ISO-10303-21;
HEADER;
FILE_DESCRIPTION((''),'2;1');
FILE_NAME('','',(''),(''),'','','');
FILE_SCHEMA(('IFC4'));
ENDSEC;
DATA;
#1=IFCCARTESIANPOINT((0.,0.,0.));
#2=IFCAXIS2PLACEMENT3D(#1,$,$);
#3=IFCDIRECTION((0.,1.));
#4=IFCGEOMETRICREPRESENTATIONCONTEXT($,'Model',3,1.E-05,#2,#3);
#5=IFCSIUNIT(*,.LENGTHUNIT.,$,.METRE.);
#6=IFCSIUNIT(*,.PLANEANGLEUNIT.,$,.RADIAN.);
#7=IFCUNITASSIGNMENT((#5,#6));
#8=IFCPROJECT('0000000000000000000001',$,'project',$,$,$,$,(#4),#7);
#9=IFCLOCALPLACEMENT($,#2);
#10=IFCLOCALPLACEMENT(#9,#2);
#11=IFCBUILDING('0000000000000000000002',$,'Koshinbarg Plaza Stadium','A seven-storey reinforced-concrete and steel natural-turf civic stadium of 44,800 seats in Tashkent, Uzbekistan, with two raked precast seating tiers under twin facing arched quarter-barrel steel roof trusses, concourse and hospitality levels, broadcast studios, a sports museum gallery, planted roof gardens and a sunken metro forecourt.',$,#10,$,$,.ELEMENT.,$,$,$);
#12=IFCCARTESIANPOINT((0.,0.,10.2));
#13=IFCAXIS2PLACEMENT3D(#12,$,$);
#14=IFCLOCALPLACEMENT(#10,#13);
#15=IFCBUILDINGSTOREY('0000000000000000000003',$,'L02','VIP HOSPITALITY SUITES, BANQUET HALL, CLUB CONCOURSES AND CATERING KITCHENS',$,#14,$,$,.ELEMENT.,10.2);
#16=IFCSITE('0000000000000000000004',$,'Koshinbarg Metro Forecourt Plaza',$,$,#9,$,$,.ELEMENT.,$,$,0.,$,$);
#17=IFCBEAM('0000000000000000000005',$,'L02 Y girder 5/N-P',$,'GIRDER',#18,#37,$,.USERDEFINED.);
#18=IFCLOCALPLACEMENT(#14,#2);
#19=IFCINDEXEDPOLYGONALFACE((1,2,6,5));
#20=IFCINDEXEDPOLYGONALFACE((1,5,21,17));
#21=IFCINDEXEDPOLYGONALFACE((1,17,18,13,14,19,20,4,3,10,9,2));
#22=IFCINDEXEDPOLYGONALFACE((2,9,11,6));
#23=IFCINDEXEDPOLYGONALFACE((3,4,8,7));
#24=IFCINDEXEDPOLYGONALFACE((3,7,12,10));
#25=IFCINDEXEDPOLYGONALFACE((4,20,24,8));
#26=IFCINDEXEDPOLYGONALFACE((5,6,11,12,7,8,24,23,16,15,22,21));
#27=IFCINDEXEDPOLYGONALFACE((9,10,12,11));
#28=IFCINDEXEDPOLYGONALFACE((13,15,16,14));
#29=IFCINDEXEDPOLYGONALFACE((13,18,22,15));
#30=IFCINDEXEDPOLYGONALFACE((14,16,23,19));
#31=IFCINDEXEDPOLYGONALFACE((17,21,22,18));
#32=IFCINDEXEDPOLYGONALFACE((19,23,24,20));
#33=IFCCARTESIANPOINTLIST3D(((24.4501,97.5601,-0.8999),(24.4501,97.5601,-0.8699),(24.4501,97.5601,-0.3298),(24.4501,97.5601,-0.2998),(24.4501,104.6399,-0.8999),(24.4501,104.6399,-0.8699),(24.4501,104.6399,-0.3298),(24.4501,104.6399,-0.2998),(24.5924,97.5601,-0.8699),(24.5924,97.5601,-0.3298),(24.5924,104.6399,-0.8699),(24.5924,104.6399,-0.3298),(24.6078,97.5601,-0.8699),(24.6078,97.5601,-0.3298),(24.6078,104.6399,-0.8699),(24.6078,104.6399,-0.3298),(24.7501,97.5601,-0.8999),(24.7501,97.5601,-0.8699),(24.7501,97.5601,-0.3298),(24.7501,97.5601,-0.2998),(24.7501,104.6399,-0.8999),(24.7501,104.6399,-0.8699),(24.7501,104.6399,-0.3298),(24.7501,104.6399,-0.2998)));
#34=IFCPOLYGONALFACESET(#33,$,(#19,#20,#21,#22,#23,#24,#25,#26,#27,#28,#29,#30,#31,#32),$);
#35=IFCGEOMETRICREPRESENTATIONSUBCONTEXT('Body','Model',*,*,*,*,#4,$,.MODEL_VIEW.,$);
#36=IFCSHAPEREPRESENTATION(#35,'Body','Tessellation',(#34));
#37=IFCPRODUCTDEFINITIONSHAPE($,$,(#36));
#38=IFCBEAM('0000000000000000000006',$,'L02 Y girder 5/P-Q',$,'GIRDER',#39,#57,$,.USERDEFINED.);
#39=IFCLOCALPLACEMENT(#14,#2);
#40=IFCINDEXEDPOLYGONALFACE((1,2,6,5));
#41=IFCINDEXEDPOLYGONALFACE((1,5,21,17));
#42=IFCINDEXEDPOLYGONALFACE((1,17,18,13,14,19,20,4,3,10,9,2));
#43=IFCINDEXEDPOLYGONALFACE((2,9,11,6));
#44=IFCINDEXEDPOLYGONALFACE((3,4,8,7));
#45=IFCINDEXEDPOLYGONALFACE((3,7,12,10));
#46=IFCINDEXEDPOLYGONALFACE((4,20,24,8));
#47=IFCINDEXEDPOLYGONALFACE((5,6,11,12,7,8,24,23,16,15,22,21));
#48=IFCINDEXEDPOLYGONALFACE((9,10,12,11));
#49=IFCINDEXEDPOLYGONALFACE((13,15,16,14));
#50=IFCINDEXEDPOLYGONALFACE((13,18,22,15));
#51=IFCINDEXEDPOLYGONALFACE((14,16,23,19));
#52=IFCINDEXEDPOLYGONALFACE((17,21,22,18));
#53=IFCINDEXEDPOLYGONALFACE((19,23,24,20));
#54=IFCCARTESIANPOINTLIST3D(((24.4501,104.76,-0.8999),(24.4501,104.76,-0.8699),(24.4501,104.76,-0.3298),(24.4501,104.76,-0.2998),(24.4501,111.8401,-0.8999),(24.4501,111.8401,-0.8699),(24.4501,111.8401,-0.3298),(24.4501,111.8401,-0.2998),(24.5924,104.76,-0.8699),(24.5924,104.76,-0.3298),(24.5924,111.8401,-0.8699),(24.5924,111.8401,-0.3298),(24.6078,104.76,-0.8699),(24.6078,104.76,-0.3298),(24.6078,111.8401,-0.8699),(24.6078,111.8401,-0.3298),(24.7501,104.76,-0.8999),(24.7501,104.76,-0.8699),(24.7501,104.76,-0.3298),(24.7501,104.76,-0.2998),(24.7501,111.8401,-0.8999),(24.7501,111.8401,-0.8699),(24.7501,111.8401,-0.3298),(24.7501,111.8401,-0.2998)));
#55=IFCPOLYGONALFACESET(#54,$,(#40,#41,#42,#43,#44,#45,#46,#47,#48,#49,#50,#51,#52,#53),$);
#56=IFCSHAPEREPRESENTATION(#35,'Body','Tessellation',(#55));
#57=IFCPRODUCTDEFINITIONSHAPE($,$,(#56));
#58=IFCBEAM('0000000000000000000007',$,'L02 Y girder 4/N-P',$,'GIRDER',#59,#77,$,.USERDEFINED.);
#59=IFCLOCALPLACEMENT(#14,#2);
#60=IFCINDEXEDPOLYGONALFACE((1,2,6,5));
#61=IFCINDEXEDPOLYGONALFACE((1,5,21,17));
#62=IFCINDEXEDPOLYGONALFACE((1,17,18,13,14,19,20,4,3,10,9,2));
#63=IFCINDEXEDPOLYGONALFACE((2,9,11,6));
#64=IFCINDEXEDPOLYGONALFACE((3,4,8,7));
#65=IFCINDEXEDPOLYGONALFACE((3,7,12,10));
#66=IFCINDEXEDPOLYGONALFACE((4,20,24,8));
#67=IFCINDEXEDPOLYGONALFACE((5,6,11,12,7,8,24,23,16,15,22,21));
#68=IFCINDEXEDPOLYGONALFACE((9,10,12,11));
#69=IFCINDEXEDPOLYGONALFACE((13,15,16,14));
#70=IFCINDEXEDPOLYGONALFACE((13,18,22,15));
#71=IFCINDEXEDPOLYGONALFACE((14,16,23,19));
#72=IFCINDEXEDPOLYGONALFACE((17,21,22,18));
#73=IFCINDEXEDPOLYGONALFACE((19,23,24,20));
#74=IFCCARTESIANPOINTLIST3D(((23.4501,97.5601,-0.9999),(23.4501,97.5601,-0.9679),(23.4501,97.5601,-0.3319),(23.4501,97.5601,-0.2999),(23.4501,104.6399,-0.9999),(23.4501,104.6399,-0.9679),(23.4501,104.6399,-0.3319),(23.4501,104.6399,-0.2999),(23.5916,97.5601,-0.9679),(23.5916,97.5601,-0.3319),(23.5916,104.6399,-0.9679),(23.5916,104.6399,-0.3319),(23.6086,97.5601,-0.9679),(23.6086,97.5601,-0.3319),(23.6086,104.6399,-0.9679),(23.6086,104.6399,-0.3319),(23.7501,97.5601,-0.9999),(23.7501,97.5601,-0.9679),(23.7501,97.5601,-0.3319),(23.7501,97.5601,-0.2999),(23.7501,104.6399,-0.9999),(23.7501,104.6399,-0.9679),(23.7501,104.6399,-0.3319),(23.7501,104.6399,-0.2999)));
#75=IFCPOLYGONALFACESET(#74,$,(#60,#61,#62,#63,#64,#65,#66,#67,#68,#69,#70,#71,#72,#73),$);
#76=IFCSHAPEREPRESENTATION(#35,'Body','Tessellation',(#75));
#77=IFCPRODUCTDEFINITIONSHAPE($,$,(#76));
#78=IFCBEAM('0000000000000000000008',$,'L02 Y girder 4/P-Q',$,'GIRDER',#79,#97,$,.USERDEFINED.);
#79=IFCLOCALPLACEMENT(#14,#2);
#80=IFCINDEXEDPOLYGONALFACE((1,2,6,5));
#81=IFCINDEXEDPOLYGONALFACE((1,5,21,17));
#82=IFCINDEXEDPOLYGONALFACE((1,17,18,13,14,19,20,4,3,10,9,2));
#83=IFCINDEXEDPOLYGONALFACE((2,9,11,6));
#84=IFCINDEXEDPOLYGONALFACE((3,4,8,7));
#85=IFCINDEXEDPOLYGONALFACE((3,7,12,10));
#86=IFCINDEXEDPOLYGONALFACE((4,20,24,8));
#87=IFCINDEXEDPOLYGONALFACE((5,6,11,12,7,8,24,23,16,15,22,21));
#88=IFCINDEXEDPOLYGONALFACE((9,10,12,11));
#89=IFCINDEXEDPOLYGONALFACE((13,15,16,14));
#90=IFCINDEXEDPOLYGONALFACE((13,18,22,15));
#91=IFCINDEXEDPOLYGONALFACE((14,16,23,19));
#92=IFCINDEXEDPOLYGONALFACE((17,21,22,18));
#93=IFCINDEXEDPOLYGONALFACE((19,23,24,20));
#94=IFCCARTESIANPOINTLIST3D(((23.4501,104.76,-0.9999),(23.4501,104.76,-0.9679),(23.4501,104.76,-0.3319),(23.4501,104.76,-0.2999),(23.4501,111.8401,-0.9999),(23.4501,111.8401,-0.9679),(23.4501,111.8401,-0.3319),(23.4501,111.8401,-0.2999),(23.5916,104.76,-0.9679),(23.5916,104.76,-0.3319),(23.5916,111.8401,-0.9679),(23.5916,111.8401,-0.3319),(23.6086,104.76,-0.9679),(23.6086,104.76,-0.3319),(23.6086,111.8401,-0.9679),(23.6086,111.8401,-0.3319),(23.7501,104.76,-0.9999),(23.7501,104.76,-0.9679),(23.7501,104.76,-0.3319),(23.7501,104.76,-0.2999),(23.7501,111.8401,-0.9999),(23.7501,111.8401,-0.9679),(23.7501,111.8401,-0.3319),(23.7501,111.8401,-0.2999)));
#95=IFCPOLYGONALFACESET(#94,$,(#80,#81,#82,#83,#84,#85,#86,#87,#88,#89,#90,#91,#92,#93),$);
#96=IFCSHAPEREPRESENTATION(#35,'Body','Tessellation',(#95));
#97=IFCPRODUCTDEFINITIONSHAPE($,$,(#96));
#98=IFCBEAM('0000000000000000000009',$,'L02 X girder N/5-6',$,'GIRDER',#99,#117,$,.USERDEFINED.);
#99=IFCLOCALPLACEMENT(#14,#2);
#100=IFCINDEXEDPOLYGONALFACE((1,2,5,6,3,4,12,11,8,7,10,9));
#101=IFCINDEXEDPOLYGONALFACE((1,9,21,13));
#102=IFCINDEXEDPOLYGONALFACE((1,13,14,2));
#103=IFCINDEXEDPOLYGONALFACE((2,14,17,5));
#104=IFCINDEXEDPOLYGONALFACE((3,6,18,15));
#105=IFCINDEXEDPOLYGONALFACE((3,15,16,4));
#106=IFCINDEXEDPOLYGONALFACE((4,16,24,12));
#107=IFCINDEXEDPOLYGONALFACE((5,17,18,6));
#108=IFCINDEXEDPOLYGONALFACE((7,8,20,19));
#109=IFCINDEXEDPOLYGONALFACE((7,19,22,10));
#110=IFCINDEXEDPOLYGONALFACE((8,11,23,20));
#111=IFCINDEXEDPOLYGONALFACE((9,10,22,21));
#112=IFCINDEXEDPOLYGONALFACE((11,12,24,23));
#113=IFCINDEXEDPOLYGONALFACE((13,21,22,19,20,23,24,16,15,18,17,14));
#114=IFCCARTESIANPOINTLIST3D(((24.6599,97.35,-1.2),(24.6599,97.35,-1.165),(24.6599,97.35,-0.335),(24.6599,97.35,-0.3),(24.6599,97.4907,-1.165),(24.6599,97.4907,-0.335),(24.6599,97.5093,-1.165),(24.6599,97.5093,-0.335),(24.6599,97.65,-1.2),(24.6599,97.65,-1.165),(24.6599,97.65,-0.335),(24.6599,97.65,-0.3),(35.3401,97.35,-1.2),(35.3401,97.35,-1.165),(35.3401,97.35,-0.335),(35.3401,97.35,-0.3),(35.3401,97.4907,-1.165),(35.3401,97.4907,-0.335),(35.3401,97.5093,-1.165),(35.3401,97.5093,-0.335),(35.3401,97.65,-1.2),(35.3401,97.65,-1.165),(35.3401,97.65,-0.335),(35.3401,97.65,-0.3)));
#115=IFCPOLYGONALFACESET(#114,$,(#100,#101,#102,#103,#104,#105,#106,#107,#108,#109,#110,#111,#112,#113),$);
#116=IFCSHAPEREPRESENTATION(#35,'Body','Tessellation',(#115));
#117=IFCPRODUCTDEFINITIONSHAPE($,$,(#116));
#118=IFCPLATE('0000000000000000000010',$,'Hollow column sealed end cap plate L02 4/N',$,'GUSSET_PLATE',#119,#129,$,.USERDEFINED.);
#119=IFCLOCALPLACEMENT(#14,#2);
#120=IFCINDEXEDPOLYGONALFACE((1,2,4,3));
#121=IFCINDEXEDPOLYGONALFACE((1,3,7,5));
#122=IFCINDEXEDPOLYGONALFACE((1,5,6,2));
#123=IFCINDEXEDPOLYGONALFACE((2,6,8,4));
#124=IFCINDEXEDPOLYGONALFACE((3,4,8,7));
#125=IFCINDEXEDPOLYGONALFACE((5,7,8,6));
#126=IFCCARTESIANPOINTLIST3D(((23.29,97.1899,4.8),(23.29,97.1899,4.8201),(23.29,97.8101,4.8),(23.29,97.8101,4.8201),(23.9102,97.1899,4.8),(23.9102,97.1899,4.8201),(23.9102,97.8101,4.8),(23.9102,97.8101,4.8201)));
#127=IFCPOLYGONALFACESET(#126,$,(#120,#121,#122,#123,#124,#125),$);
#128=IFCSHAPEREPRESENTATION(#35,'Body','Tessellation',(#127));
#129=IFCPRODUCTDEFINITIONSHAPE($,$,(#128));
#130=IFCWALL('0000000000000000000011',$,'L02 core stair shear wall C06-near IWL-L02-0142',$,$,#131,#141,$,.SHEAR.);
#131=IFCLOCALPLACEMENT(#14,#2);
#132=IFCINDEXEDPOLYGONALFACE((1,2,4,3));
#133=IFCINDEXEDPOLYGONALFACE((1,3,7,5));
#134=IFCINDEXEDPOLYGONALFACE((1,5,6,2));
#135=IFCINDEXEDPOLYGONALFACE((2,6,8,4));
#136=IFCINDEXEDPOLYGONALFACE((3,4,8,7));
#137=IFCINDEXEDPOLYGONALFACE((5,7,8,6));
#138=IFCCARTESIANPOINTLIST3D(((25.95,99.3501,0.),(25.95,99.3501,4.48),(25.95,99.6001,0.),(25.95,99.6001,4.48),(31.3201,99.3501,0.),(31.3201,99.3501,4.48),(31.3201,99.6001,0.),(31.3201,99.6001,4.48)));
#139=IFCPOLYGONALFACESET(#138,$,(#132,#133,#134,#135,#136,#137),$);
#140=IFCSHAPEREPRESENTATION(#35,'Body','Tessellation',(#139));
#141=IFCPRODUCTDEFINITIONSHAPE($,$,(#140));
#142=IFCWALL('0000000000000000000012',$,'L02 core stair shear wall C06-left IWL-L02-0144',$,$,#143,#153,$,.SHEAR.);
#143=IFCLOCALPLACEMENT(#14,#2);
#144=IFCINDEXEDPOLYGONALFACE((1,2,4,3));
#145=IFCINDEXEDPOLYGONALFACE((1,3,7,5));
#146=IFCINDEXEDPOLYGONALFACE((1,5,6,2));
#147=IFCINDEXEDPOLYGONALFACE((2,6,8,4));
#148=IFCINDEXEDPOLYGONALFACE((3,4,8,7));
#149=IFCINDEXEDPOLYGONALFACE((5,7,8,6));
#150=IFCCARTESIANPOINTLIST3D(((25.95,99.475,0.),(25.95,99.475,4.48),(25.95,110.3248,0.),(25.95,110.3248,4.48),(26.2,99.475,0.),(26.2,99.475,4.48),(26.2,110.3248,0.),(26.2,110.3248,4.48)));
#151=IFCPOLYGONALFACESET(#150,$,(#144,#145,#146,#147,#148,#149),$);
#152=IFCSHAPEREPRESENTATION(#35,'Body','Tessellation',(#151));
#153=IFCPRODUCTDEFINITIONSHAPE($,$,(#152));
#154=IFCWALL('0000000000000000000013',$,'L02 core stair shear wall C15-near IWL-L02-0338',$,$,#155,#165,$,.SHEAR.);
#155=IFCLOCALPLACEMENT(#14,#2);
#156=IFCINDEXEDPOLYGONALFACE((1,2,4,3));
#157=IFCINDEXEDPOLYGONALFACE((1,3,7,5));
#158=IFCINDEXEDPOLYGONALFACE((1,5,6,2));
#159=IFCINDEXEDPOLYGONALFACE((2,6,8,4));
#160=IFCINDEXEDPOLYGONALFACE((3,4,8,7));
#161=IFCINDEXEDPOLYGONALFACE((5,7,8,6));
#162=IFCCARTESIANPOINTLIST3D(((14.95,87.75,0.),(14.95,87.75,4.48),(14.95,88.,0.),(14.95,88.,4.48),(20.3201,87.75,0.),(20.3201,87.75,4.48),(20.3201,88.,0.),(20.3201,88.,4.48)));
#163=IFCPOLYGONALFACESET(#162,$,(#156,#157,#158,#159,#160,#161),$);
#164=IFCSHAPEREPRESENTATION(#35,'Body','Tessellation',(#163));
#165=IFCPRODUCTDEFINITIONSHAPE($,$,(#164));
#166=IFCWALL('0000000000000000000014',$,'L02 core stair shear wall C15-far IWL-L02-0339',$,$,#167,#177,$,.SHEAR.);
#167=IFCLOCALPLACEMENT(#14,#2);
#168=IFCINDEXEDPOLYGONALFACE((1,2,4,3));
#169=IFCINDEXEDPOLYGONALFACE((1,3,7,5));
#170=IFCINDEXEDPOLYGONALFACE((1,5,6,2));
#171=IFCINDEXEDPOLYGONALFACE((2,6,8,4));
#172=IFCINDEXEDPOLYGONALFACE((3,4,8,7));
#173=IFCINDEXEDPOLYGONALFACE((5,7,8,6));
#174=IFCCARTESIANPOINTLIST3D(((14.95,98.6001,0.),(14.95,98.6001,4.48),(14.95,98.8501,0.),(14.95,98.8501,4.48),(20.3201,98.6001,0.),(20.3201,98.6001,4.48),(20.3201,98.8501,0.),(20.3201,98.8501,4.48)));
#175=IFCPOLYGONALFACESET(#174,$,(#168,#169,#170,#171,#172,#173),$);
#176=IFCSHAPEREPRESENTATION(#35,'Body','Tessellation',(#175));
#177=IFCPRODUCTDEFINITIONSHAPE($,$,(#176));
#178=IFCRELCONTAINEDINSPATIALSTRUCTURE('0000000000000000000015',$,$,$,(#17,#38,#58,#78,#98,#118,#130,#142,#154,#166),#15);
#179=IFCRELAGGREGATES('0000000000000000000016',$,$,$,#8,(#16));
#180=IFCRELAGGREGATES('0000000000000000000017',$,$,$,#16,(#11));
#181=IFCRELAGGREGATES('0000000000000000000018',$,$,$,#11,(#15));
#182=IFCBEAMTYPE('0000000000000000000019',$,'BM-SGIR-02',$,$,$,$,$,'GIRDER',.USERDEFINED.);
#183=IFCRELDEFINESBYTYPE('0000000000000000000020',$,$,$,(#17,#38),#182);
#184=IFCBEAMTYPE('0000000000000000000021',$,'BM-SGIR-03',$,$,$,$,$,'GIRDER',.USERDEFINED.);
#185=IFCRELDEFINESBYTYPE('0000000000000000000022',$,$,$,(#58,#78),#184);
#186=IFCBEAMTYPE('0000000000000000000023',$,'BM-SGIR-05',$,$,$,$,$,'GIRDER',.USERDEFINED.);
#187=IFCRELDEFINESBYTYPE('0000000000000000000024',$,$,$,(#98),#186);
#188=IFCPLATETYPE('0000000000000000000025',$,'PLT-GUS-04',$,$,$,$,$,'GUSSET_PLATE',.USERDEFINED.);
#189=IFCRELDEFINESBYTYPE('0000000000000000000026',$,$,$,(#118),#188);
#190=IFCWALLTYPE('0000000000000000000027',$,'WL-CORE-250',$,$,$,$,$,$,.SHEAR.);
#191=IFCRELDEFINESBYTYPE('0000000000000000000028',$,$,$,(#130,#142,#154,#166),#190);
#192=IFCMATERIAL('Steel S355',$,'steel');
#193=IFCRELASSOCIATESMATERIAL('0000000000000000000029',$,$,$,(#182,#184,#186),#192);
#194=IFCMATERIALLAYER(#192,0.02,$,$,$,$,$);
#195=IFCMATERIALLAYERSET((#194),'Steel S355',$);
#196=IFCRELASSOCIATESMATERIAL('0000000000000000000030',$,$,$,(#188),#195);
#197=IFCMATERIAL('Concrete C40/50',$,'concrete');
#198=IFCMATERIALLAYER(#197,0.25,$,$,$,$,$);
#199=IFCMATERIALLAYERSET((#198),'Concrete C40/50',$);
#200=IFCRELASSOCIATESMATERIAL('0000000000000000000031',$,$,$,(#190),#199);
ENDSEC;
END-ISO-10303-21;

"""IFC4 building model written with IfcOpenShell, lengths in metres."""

from ifc_helpers import new_model, si_unit, direction, frame, frame_2d, origin, origin_2d, place, context, subcontext, project, spatial, rectangle, i_section, extrude, material, layer, layer_set, material_profile, profile_set, type_object, element, save


model = new_model("IFC4")

# Units and contexts
model_context = context("Model", 3, precision=1e-05, world=origin(), true_north=direction((0.0, 1.0)))
body_context = subcontext(model_context, "Body", "Model", "MODEL_VIEW")
ifc_project = project(units=[si_unit("LENGTHUNIT", "METRE"), si_unit("PLANEANGLEUNIT", "RADIAN")], contexts=[model_context])

# Site, building, storey
site_placement = place(None, origin())
site = spatial("IfcSite", under=ifc_project, at=site_placement, Name="Koshinbarg Metro Forecourt Plaza", CompositionType="ELEMENT", RefElevation=0.0)
building_placement = place(site_placement, origin())
building = spatial("IfcBuilding", under=site, at=building_placement, Name="Koshinbarg Plaza Stadium", Description="A seven-storey reinforced-concrete and steel natural-turf civic stadium of 44,800 seats in Tashkent, Uzbekistan, with two raked precast seating tiers under twin facing arched quarter-barrel steel roof trusses, concourse and hospitality levels, broadcast studios, a sports museum gallery, planted roof gardens and a sunken metro forecourt.", CompositionType="ELEMENT")
storey_placement = place(building_placement, frame((0.0, 0.0, 10.2)))
storey = spatial("IfcBuildingStorey", under=building, at=storey_placement, Name="L02", Description="VIP HOSPITALITY SUITES, BANQUET HALL, CLUB CONCOURSES AND CATERING KITCHENS", CompositionType="ELEMENT", Elevation=10.2)

# Shared definitions
ifc_material_1 = material(Name="Concrete C40/50", Category="concrete")
ifc_material_2 = material(Name="Steel S355", Category="steel")

# Beams
ifc_material_profile_1 = material_profile(ifc_material_2, i_section(OverallWidth=0.3, OverallDepth=0.6001, WebThickness=0.0154, FlangeThickness=0.03, at=origin_2d()), Name="HEB 600")
ifc_profile_set_1 = profile_set([ifc_material_profile_1], Name="Steel S355")
beam_type_1 = type_object("IfcBeamType", Name="BM-SGIR-02", ElementType="GIRDER", PredefinedType="USERDEFINED", material=ifc_profile_set_1)
beam_1_placement = place(storey_placement, frame((24.6001, 97.5601, -0.5999), z_axis=(0.0, 1.0, 0.0), x_axis=(-1.0, 0.0, 0.0)))
element("IfcBeam", 1, at=beam_1_placement, inside=storey, type_object=beam_type_1, Name="L02 Y girder 5/N-P", ObjectType="GIRDER", PredefinedType="USERDEFINED", context=body_context, shape_type="SweptSolid", body=[
    extrude(i_section(OverallWidth=0.3, OverallDepth=0.6001, WebThickness=0.0154, FlangeThickness=0.03, at=origin_2d()), origin(), (0.0, 0.0, 1.0), 7.0798),
])
beam_2_placement = place(storey_placement, frame((24.6001, 104.76, -0.5999), z_axis=(0.0, 1.0, 0.0), x_axis=(-1.0, 0.0, 0.0)))
element("IfcBeam", 2, at=beam_2_placement, inside=storey, type_object=beam_type_1, Name="L02 Y girder 5/P-Q", ObjectType="GIRDER", PredefinedType="USERDEFINED", context=body_context, shape_type="SweptSolid", body=[
    extrude(i_section(OverallWidth=0.3, OverallDepth=0.6001, WebThickness=0.0154, FlangeThickness=0.03, at=origin_2d()), origin(), (0.0, 0.0, 1.0), 7.0801),
])
ifc_material_profile_2 = material_profile(ifc_material_2, i_section(OverallWidth=0.3, OverallDepth=0.7, WebThickness=0.0171, FlangeThickness=0.032, at=origin_2d()), Name="HEB 700")
ifc_profile_set_2 = profile_set([ifc_material_profile_2], Name="Steel S355")
beam_type_2 = type_object("IfcBeamType", Name="BM-SGIR-03", ElementType="GIRDER", PredefinedType="USERDEFINED", material=ifc_profile_set_2)
beam_3_placement = place(storey_placement, frame((23.6001, 97.5601, -0.6499), z_axis=(0.0, 1.0, 0.0), x_axis=(-1.0, 0.0, 0.0)))
element("IfcBeam", 3, at=beam_3_placement, inside=storey, type_object=beam_type_2, Name="L02 Y girder 4/N-P", ObjectType="GIRDER", PredefinedType="USERDEFINED", context=body_context, shape_type="SweptSolid", body=[
    extrude(i_section(OverallWidth=0.3, OverallDepth=0.7, WebThickness=0.0171, FlangeThickness=0.032, at=origin_2d()), origin(), (0.0, 0.0, 1.0), 7.0798),
])
beam_4_placement = place(storey_placement, frame((23.6001, 104.76, -0.6499), z_axis=(0.0, 1.0, 0.0), x_axis=(-1.0, 0.0, 0.0)))
element("IfcBeam", 4, at=beam_4_placement, inside=storey, type_object=beam_type_2, Name="L02 Y girder 4/P-Q", ObjectType="GIRDER", PredefinedType="USERDEFINED", context=body_context, shape_type="SweptSolid", body=[
    extrude(i_section(OverallWidth=0.3, OverallDepth=0.7, WebThickness=0.0171, FlangeThickness=0.032, at=origin_2d()), origin(), (0.0, 0.0, 1.0), 7.0801),
])
ifc_material_profile_3 = material_profile(ifc_material_2, i_section(OverallWidth=0.3, OverallDepth=0.8999, WebThickness=0.0186, FlangeThickness=0.0349, at=origin_2d()), Name="HEB 900")
ifc_profile_set_3 = profile_set([ifc_material_profile_3], Name="Steel S355")
beam_type_3 = type_object("IfcBeamType", Name="BM-SGIR-05", ElementType="GIRDER", PredefinedType="USERDEFINED", material=ifc_profile_set_3)
beam_5_placement = place(storey_placement, frame((24.6599, 97.5, -0.75), z_axis=(1.0, 0.0, 0.0), x_axis=(0.0, 1.0, 0.0)))
element("IfcBeam", 5, at=beam_5_placement, inside=storey, type_object=beam_type_3, Name="L02 X girder N/5-6", ObjectType="GIRDER", PredefinedType="USERDEFINED", context=body_context, shape_type="SweptSolid", body=[
    extrude(i_section(OverallWidth=0.3, OverallDepth=0.8999, WebThickness=0.0186, FlangeThickness=0.0349, at=origin_2d()), origin(), (0.0, 0.0, 1.0), 10.6802),
])

# Plate
ifc_layer_1 = layer(ifc_material_2, 0.02)
ifc_layer_set_1 = layer_set([ifc_layer_1], Name="Steel S355")
plate_type = type_object("IfcPlateType", Name="PLT-GUS-04", ElementType="GUSSET_PLATE", PredefinedType="USERDEFINED", material=ifc_layer_set_1)
plate_placement = place(storey_placement, frame((23.6001, 97.5, 4.8), z_axis=(0.0, 0.0, 1.0), x_axis=(1.0, 0.0, 0.0)))
element("IfcPlate", 6, at=plate_placement, inside=storey, type_object=plate_type, Name="Hollow column sealed end cap plate L02 4/N", ObjectType="GUSSET_PLATE", PredefinedType="USERDEFINED", context=body_context, shape_type="SweptSolid", body=[
    extrude(rectangle(XDim=0.6201, YDim=0.6201, at=origin_2d()), origin(), (0.0, 0.0, 1.0), 0.02),
])

# Walls
ifc_layer_2 = layer(ifc_material_1, 0.25)
ifc_layer_set_2 = layer_set([ifc_layer_2], Name="Concrete C40/50")
wall_type_1 = type_object("IfcWallType", Name="WL-CORE-250", PredefinedType="SHEAR", material=ifc_layer_set_2)
wall_1_placement = place(storey_placement, frame((25.95, 99.4751, 0.0), z_axis=(0.0, 0.0, 1.0), x_axis=(1.0, 0.0, 0.0)))
element("IfcWall", 7, at=wall_1_placement, inside=storey, type_object=wall_type_1, Name="L02 core stair shear wall C06-near IWL-L02-0142", PredefinedType="SHEAR", context=body_context, shape_type="SweptSolid", body=[
    extrude(rectangle(XDim=5.3701, YDim=0.25, at=frame_2d((2.6851, 0.0))), origin(), (0.0, 0.0, 1.0), 4.48),
])
wall_2_placement = place(storey_placement, frame((26.075, 99.4751, 0.0), z_axis=(0.0, 0.0, 1.0), x_axis=(0.0, 1.0, 0.0)))
element("IfcWall", 8, at=wall_2_placement, inside=storey, type_object=wall_type_1, Name="L02 core stair shear wall C06-left IWL-L02-0144", PredefinedType="SHEAR", context=body_context, shape_type="SweptSolid", body=[
    extrude(rectangle(XDim=10.8499, YDim=0.25, at=frame_2d((5.4248, 0.0))), origin(), (0.0, 0.0, 1.0), 4.48),
])
for number, where, z_axis, x_axis, name in (
    (9, (14.95, 87.875, 0.0), (0.0, 0.0, 1.0), (1.0, 0.0, 0.0), "L02 core stair shear wall C15-near IWL-L02-0338"),
    (10, (20.3201, 98.7251, 0.0), (0.0, 0.0, 1.0), (-1.0, 0.0, 0.0), "L02 core stair shear wall C15-far IWL-L02-0339"),
):
    element("IfcWall", number, at=place(storey_placement, frame(where, z_axis=z_axis, x_axis=x_axis)), inside=storey, type_object=wall_type_1, Name=name, PredefinedType="SHEAR", context=body_context, shape_type="SweptSolid", body=[
        extrude(rectangle(XDim=5.3701, YDim=0.25, at=frame_2d((2.6851, 0.0))), origin(), (0.0, 0.0, 1.0), 4.48),
    ])

save(model, "model.ifc")
